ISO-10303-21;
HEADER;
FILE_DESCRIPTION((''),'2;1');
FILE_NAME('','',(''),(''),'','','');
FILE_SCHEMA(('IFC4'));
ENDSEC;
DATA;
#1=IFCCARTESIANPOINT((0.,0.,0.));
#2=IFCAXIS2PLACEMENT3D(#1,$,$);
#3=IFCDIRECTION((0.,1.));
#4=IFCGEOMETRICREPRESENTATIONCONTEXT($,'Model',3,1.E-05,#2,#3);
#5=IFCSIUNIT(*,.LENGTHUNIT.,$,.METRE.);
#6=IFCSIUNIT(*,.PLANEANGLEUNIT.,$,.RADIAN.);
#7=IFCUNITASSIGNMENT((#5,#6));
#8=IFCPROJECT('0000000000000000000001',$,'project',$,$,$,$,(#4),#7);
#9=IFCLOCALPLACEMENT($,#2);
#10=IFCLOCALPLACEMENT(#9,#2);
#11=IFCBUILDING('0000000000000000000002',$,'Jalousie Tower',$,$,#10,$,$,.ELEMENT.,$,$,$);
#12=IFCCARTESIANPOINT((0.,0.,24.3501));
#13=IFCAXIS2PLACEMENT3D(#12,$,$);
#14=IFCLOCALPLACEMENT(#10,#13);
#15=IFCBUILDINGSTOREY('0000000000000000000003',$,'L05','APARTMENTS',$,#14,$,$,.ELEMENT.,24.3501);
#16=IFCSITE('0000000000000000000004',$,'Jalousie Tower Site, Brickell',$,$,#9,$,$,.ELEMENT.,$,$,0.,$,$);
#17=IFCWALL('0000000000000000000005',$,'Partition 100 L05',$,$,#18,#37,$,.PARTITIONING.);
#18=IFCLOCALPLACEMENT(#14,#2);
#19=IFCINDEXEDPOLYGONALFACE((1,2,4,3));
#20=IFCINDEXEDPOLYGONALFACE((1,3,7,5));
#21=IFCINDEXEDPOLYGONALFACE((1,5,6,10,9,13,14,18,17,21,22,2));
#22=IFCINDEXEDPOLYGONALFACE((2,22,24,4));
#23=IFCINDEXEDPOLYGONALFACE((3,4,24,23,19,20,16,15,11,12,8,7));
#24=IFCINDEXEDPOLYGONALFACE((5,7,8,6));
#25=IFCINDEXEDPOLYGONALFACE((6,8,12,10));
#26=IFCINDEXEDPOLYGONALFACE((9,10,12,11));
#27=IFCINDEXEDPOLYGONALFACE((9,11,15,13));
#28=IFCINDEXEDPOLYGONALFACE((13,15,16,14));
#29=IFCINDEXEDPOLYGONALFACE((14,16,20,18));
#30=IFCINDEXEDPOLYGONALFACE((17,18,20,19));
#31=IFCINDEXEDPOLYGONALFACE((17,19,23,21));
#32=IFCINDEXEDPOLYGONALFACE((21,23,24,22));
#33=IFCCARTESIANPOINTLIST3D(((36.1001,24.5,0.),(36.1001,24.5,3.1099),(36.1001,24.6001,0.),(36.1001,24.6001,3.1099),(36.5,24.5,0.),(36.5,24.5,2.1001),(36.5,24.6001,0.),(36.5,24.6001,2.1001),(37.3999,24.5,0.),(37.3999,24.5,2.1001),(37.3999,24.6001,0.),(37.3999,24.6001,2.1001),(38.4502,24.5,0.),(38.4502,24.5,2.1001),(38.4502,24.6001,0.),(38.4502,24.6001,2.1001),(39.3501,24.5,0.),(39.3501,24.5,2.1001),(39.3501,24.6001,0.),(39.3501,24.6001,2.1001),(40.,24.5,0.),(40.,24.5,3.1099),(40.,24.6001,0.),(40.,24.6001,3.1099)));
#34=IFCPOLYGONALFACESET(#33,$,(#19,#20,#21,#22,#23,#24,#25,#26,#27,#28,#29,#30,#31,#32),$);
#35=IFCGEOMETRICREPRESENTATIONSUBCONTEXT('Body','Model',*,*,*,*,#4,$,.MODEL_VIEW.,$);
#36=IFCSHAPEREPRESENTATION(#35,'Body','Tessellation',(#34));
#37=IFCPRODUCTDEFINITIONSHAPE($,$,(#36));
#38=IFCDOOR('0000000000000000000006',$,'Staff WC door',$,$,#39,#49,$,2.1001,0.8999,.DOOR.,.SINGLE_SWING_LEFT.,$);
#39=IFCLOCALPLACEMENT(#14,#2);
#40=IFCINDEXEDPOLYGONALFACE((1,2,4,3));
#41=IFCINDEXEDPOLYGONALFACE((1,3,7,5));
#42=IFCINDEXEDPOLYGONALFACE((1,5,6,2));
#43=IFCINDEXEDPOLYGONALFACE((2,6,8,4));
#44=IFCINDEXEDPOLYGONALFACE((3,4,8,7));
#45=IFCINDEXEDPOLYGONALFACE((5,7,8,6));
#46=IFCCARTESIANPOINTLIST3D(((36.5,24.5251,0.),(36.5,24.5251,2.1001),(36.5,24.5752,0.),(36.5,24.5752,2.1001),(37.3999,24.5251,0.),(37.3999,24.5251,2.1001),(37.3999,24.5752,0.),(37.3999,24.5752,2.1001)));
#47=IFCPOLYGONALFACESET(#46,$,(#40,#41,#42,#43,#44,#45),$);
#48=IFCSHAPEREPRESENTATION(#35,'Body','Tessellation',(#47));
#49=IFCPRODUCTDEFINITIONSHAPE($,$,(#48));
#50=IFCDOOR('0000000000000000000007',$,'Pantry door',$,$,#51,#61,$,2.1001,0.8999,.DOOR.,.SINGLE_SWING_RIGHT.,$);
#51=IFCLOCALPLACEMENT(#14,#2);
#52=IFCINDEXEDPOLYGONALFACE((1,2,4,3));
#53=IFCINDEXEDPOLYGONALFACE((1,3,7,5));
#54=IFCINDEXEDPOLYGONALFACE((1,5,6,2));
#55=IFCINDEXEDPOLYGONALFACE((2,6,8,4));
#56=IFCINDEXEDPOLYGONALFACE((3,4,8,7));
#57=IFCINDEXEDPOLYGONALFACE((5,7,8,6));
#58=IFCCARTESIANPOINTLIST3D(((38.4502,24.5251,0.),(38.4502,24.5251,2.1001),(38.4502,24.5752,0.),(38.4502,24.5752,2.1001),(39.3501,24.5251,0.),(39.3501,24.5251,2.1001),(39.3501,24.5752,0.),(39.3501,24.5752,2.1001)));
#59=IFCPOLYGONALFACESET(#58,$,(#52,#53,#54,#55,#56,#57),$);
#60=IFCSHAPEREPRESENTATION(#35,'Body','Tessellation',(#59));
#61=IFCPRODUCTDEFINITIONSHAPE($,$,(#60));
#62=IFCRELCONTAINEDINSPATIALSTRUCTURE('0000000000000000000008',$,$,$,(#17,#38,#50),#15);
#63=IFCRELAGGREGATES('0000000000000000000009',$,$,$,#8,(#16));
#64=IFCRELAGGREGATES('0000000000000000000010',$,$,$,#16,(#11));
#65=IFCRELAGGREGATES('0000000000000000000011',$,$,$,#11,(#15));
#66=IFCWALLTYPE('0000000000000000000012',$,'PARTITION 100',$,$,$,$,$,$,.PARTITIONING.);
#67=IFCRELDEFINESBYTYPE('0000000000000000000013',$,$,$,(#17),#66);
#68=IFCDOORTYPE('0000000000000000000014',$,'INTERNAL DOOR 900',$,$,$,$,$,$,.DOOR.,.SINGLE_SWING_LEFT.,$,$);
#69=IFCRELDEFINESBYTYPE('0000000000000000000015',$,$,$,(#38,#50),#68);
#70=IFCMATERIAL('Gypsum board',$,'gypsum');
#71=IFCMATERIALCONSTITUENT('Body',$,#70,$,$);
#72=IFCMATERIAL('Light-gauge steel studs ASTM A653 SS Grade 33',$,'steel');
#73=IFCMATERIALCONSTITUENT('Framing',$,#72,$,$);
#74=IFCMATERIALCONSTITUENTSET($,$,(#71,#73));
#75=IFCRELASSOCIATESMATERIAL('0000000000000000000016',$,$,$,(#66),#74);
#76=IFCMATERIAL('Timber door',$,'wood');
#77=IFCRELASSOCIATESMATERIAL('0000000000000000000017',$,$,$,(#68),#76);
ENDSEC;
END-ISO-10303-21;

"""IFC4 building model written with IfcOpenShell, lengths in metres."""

from ifc_helpers import new_model, si_unit, direction, frame, frame_2d, origin, place, context, subcontext, project, spatial, rectangle, extrude, material, constituent, constituent_set, type_object, element, fill, save


model = new_model("IFC4")

# Units and contexts
model_context = context("Model", 3, precision=1e-05, world=origin(), true_north=direction((0.0, 1.0)))
body_context = subcontext(model_context, "Body", "Model", "MODEL_VIEW")
ifc_project = project(units=[si_unit("LENGTHUNIT", "METRE"), si_unit("PLANEANGLEUNIT", "RADIAN")], contexts=[model_context])

# Site, building, storey
site_placement = place(None, origin())
site = spatial("IfcSite", under=ifc_project, at=site_placement, Name="Jalousie Tower Site, Brickell", CompositionType="ELEMENT", RefElevation=0.0)
building_placement = place(site_placement, origin())
building = spatial("IfcBuilding", under=site, at=building_placement, Name="Jalousie Tower", CompositionType="ELEMENT")
storey_placement = place(building_placement, frame((0.0, 0.0, 24.3501)))
storey = spatial("IfcBuildingStorey", under=building, at=storey_placement, Name="L05", Description="APARTMENTS", CompositionType="ELEMENT", Elevation=24.3501)

# Shared definitions
ifc_material_1 = material(Name="Gypsum board", Category="gypsum")
ifc_constituent_1 = constituent(ifc_material_1, Name="Body")
ifc_material_2 = material(Name="Light-gauge steel studs ASTM A653 SS Grade 33", Category="steel")
ifc_constituent_2 = constituent(ifc_material_2, Name="Framing")
ifc_constituent_set_1 = constituent_set(constituents=[ifc_constituent_1, ifc_constituent_2])
wall_type_1 = type_object("IfcWallType", Name="PARTITION 100", PredefinedType="PARTITIONING", material=ifc_constituent_set_1)
ifc_material_3 = material(Name="Timber door", Category="wood")
door_type_1 = type_object("IfcDoorType", Name="INTERNAL DOOR 900", OperationType="SINGLE_SWING_LEFT", PredefinedType="DOOR", material=ifc_material_3)

# Wall, openings, doors
wall_1_placement = place(storey_placement, frame((36.1001, 24.55, 0.0), z_axis=(0.0, 0.0, 1.0), x_axis=(1.0, 0.0, 0.0)))
wall_1 = element("IfcWall", 1, at=wall_1_placement, inside=storey, type_object=wall_type_1, Name="Partition 100 L05", PredefinedType="PARTITIONING", context=body_context, shape_type="SweptSolid", body=[
    extrude(rectangle(XDim=3.8999, YDim=0.1001, at=frame_2d((1.95, 0.0))), origin(), (0.0, 0.0, 1.0), 3.1099),
])
opening_1_placement = place(wall_1_placement, frame((0.3999, 0.0, 0.0)))
opening_1 = element("IfcOpeningElement", 2, at=opening_1_placement, cuts=wall_1, PredefinedType="OPENING", context=body_context, shape_type="SweptSolid", body=[
    extrude(rectangle(XDim=0.8999, YDim=2.1001, at=frame_2d((0.45, 1.05))), frame((0.0, 0.0601, 0.0), z_axis=(0.0, -1.0, 0.0), x_axis=(1.0, 0.0, 0.0)), (0.0, 0.0, 1.0), 0.1201),
])
opening_2_placement = place(wall_1_placement, frame((2.3501, 0.0, 0.0)))
opening_2 = element("IfcOpeningElement", 3, at=opening_2_placement, cuts=wall_1, PredefinedType="OPENING", context=body_context, shape_type="SweptSolid", body=[
    extrude(rectangle(XDim=0.8999, YDim=2.1001, at=frame_2d((0.45, 1.05))), frame((0.0, 0.0601, 0.0), z_axis=(0.0, -1.0, 0.0), x_axis=(1.0, 0.0, 0.0)), (0.0, 0.0, 1.0), 0.1201),
])
door_1_placement = place(opening_1_placement, frame((0.8999, 0.0, 0.0), z_axis=(0.0, 0.0, 1.0), x_axis=(-1.0, 0.0, 0.0)))
door_1 = element("IfcDoor", 4, at=door_1_placement, inside=storey, type_object=door_type_1, Name="Staff WC door", OperationType="SINGLE_SWING_LEFT", OverallHeight=2.1001, OverallWidth=0.8999, PredefinedType="DOOR", context=body_context, shape_type="SweptSolid", body=[
    extrude(rectangle(XDim=0.8999, YDim=2.1001, at=frame_2d((0.45, 1.05))), frame((0.0, 0.0249, 0.0), z_axis=(0.0, -1.0, 0.0), x_axis=(1.0, 0.0, 0.0)), (0.0, 0.0, 1.0), 0.05),
])
fill(opening_1, door_1)
door_2_placement = place(opening_2_placement, frame((0.8999, 0.0, 0.0), z_axis=(0.0, 0.0, 1.0), x_axis=(-1.0, 0.0, 0.0)))
door_2 = element("IfcDoor", 5, at=door_2_placement, inside=storey, type_object=door_type_1, Name="Pantry door", OperationType="SINGLE_SWING_RIGHT", OverallHeight=2.1001, OverallWidth=0.8999, PredefinedType="DOOR", context=body_context, shape_type="SweptSolid", body=[
    extrude(rectangle(XDim=0.8999, YDim=2.1001, at=frame_2d((0.45, 1.05))), frame((0.0, 0.0249, 0.0), z_axis=(0.0, -1.0, 0.0), x_axis=(1.0, 0.0, 0.0)), (0.0, 0.0, 1.0), 0.05),
])
fill(opening_2, door_2)

save(model, "model.ifc")
